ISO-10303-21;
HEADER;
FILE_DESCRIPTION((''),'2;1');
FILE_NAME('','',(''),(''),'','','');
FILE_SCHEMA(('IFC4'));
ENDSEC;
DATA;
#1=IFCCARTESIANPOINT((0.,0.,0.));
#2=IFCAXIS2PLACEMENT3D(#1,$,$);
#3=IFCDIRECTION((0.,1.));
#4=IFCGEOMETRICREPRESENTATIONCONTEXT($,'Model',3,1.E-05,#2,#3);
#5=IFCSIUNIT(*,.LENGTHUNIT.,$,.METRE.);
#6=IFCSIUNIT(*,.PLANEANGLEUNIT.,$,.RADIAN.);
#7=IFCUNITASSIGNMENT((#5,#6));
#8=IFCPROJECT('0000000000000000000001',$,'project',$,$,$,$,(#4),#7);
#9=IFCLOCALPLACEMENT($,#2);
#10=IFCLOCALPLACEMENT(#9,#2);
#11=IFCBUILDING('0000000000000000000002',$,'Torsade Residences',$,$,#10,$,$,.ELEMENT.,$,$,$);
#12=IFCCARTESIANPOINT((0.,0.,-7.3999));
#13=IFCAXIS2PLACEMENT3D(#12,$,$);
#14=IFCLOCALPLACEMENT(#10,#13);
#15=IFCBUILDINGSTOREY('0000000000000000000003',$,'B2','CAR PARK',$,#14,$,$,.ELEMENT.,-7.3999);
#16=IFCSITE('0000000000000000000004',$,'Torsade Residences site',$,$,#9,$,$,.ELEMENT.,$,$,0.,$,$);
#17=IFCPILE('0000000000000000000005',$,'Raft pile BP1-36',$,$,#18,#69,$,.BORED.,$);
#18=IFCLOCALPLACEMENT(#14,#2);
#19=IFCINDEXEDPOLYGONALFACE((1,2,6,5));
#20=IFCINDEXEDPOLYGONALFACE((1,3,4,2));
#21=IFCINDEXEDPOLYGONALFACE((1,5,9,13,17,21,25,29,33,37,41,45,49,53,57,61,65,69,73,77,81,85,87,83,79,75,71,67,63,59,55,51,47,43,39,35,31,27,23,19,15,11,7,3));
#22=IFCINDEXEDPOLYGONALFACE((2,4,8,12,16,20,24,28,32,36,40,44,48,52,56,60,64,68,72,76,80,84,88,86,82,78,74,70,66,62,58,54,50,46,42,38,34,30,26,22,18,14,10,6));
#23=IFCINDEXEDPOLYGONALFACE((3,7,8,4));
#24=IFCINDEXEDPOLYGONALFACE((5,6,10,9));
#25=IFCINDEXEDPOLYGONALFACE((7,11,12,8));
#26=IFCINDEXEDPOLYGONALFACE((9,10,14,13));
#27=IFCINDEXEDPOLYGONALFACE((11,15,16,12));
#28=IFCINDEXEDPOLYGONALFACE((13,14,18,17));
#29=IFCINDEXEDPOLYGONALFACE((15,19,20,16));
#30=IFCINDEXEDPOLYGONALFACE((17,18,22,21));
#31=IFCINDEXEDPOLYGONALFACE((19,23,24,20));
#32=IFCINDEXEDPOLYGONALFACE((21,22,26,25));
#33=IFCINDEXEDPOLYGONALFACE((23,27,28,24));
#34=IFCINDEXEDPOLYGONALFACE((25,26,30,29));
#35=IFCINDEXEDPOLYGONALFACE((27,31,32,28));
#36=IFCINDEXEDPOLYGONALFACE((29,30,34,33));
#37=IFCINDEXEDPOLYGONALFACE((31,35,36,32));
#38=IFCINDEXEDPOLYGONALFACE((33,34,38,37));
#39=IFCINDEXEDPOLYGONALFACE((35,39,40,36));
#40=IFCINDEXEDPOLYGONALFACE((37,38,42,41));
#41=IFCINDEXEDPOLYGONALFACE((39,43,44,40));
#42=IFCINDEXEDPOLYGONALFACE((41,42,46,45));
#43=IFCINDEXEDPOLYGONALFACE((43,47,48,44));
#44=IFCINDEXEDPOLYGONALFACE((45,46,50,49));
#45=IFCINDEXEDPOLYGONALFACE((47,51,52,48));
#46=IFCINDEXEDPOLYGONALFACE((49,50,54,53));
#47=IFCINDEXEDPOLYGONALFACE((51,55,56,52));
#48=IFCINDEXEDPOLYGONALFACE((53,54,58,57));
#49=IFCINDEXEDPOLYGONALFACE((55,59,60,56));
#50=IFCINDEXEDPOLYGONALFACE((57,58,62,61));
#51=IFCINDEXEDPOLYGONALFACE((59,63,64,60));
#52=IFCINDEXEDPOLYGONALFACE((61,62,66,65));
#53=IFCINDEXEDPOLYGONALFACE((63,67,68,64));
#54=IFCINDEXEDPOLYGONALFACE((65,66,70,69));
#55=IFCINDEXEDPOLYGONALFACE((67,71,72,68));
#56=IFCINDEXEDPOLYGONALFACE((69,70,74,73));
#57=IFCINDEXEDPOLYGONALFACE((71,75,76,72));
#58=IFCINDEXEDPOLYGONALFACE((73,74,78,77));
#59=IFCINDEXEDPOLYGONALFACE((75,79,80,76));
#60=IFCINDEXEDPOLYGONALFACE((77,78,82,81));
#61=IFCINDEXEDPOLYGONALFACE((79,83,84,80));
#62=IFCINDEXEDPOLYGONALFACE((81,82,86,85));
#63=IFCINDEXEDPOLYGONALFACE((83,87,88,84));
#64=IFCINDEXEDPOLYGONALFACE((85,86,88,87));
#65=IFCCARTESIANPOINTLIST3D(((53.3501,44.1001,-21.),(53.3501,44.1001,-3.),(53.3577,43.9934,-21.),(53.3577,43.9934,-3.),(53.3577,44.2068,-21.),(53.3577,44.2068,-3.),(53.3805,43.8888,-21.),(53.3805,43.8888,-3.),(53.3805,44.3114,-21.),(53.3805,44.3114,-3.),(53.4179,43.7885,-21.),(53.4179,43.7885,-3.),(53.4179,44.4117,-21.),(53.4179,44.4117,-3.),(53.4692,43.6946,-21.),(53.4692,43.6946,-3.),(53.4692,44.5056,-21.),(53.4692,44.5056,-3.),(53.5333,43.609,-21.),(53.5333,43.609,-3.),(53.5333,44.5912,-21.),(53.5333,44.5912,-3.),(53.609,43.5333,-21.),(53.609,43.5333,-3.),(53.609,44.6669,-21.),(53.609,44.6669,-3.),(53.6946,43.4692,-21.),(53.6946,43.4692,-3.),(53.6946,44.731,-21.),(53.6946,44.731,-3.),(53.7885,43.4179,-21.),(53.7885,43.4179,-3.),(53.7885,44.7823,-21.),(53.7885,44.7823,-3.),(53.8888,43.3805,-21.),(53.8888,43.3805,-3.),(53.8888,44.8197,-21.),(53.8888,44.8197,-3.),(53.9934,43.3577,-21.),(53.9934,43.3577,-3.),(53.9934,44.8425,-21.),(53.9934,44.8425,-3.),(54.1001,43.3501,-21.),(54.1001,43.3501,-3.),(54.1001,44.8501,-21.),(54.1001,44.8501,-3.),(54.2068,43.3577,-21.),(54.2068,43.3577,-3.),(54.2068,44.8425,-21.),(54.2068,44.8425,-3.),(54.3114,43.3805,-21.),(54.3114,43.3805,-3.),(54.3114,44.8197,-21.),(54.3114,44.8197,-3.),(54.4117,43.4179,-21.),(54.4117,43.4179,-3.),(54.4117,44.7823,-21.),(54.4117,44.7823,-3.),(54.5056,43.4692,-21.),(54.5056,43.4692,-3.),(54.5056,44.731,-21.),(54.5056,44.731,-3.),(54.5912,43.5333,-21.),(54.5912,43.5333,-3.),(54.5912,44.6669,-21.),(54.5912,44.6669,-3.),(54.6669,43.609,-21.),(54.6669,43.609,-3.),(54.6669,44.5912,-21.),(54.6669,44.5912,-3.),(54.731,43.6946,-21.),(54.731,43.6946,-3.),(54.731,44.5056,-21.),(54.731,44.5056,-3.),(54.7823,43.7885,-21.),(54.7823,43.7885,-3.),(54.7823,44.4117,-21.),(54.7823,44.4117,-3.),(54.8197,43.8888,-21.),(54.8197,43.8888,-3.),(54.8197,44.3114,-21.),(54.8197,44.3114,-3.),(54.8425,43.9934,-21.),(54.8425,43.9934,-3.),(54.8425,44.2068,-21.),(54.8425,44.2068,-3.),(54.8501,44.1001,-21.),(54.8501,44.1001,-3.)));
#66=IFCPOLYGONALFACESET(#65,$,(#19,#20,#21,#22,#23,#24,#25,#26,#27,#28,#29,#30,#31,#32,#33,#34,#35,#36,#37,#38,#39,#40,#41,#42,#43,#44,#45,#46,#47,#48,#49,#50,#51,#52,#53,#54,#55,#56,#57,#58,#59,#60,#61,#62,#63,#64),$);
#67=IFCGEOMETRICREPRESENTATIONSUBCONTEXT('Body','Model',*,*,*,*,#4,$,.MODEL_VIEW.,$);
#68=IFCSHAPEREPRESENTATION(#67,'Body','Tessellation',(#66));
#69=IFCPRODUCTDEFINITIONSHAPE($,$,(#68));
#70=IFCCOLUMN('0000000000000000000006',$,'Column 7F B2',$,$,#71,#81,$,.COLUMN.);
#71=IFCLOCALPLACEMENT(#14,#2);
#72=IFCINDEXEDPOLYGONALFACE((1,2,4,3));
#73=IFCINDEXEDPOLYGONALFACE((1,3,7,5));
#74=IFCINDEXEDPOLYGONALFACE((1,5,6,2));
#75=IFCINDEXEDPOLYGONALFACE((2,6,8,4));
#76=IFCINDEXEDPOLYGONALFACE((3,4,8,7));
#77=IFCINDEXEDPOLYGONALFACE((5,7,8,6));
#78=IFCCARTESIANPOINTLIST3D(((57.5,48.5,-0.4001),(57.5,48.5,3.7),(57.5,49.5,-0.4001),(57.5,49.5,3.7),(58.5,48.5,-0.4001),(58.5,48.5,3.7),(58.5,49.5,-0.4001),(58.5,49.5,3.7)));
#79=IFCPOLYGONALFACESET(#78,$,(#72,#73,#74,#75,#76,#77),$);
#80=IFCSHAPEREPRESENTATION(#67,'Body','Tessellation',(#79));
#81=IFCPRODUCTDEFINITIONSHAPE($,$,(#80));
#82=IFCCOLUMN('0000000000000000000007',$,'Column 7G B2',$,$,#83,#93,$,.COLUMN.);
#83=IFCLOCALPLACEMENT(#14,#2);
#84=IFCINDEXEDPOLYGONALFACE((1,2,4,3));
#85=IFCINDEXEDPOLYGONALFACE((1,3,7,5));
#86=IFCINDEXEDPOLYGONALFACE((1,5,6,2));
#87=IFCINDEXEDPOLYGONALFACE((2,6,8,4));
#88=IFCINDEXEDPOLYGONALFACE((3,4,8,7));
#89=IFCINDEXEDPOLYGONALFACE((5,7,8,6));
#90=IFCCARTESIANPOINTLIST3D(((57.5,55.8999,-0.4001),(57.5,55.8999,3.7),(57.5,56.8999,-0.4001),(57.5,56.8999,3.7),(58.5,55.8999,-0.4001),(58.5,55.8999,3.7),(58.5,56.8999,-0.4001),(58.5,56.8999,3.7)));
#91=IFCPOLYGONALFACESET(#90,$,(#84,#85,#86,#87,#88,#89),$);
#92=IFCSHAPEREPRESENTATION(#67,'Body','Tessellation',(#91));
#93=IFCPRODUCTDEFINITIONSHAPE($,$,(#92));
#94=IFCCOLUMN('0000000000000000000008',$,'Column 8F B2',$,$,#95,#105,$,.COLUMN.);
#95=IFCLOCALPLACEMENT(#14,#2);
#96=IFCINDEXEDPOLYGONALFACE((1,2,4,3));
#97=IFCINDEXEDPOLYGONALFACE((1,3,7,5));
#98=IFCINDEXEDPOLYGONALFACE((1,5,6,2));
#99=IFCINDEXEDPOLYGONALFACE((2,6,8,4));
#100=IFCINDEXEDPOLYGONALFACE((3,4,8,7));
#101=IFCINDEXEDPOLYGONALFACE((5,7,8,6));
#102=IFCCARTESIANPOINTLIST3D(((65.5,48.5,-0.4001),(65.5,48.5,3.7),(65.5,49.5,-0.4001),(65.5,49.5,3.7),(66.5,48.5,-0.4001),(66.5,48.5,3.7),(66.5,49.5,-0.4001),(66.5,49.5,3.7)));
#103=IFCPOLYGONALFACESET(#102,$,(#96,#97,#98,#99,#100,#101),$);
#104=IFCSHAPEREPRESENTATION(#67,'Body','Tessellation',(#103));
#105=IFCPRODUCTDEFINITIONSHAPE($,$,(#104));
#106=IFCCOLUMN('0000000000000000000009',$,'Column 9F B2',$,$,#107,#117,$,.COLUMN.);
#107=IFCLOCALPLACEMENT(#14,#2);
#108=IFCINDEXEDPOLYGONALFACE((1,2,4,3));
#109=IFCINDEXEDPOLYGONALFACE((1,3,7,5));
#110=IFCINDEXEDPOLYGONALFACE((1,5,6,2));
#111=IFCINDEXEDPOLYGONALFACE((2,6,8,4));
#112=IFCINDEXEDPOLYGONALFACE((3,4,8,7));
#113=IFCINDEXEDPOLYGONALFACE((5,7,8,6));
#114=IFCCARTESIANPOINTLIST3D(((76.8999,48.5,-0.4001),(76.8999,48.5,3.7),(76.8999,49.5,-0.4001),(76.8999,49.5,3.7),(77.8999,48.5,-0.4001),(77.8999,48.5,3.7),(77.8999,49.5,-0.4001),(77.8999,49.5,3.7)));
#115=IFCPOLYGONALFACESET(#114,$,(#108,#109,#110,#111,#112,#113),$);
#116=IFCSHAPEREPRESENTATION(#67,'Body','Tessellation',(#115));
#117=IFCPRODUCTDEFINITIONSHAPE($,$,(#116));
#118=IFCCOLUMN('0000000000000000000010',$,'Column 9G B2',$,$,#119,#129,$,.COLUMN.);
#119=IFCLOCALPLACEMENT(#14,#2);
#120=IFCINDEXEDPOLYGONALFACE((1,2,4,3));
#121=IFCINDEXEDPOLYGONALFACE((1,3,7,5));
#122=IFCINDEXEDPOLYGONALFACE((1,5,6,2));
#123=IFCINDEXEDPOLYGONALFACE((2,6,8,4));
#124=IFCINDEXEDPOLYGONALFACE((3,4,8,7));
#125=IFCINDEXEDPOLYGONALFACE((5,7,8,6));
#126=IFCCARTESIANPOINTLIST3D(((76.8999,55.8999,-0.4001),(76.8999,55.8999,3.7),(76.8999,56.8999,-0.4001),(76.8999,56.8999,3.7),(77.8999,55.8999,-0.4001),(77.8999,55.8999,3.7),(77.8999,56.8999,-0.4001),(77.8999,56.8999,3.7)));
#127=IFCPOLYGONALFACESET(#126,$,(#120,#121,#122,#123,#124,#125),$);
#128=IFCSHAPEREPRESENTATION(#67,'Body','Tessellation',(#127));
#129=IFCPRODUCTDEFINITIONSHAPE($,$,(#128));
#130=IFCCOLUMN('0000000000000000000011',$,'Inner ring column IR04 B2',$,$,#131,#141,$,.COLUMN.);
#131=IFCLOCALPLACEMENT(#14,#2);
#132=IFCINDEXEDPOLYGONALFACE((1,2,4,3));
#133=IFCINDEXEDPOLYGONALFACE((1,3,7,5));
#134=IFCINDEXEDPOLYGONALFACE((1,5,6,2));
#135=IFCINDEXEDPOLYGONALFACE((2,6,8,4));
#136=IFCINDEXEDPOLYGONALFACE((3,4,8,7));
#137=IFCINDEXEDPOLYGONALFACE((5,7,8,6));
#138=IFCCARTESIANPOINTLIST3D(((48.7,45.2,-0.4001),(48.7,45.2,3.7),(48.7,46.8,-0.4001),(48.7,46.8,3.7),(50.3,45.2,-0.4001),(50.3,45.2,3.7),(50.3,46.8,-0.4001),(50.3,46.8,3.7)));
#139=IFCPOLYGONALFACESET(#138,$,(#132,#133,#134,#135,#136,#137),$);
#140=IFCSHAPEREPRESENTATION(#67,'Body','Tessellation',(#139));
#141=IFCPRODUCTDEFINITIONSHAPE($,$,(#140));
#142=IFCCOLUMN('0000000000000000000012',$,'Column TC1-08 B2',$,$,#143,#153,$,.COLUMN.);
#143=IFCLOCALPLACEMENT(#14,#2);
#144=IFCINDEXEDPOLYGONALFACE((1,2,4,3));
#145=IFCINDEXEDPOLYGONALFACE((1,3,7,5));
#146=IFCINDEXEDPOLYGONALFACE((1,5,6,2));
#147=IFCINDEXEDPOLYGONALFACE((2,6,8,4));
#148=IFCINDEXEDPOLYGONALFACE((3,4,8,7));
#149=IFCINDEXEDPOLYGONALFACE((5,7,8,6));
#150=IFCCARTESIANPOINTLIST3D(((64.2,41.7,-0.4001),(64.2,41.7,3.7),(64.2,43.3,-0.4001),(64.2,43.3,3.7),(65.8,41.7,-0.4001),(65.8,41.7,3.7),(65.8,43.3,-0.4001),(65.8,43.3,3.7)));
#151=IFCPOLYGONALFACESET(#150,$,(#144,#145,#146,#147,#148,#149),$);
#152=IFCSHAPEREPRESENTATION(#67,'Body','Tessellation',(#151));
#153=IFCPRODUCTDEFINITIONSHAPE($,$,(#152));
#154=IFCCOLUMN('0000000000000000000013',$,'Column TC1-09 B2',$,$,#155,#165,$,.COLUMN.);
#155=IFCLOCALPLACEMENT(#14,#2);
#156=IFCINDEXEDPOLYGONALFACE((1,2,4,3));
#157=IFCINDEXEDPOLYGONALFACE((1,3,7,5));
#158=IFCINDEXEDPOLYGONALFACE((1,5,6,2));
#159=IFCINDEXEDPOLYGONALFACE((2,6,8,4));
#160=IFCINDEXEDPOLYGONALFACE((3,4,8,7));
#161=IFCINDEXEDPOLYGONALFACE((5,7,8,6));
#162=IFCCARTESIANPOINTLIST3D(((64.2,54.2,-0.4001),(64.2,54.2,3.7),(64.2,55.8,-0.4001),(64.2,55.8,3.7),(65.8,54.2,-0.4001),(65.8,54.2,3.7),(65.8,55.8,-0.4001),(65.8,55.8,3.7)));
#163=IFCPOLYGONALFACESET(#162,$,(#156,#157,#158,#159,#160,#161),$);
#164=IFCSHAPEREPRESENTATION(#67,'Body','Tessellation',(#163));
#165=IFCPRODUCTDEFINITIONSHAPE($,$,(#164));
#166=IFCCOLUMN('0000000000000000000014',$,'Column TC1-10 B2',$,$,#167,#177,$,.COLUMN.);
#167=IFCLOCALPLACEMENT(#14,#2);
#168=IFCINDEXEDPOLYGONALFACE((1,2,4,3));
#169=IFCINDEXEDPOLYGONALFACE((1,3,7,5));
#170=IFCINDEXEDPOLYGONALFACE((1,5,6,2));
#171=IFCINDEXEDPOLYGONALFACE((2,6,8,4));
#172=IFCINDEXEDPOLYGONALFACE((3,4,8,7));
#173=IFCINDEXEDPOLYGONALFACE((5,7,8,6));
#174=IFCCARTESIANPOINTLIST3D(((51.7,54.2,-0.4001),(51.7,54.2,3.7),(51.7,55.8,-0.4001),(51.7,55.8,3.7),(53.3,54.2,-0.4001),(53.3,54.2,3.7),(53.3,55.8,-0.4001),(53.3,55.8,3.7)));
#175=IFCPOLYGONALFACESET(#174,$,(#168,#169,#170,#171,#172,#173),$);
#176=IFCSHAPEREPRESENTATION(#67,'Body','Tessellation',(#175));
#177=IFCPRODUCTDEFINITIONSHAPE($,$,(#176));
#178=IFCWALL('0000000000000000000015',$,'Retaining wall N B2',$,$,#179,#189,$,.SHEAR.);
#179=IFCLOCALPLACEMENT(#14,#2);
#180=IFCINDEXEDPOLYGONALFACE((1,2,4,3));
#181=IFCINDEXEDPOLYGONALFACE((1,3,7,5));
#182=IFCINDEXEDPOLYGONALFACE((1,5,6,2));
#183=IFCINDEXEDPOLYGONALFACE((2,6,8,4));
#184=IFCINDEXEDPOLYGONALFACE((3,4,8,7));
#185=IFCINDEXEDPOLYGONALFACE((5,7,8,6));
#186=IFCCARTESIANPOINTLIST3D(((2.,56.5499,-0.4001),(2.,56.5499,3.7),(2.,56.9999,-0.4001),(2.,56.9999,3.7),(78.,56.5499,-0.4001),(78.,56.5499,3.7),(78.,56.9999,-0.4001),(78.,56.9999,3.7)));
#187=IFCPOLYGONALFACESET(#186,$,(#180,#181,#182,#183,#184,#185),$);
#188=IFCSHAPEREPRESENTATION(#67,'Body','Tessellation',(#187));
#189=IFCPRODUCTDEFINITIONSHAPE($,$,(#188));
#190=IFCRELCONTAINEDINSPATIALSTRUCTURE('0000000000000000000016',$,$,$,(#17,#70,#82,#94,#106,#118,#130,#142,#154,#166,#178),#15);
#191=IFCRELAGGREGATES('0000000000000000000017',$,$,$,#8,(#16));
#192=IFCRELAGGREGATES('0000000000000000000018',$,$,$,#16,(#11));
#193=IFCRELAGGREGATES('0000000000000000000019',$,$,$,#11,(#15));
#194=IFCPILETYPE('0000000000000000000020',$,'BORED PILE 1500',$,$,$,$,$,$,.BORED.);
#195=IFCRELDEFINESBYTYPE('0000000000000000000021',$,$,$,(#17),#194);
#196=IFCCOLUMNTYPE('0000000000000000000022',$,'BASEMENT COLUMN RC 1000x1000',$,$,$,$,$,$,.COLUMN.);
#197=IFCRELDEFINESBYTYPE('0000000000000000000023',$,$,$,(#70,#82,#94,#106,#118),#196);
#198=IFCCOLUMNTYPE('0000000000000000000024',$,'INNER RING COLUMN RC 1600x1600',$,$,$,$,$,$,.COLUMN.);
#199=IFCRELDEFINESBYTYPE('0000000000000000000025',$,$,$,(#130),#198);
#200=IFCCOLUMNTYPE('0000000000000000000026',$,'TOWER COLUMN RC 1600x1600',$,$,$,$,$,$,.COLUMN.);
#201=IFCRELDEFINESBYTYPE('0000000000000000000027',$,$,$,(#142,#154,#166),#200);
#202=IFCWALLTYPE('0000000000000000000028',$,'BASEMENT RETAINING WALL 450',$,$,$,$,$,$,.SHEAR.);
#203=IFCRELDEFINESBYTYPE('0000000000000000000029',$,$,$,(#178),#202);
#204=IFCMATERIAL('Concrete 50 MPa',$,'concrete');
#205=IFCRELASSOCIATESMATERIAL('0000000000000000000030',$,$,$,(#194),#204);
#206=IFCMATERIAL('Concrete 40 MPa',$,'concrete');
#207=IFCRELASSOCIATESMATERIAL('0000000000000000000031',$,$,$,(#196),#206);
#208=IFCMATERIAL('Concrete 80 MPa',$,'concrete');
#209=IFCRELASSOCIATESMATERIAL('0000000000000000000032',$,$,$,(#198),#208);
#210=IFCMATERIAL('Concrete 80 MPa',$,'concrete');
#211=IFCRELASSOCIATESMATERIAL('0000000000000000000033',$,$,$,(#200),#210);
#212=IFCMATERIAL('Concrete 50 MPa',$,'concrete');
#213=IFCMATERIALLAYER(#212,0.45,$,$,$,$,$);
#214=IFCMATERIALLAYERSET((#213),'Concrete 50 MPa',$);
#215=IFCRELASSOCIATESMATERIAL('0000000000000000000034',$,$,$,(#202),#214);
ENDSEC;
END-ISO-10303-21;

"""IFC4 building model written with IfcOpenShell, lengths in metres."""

from ifc_helpers import new_model, si_unit, direction, frame, frame_2d, origin, origin_2d, place, context, subcontext, project, spatial, rectangle, circle, extrude, material, layer, layer_set, material_profile, profile_set, type_object, element, save


model = new_model("IFC4")

# Units and contexts
model_context = context("Model", 3, precision=1e-05, world=origin(), true_north=direction((0.0, 1.0)))
body_context = subcontext(model_context, "Body", "Model", "MODEL_VIEW")
ifc_project = project(units=[si_unit("LENGTHUNIT", "METRE"), si_unit("PLANEANGLEUNIT", "RADIAN")], contexts=[model_context])

# Site, building, storey
site_placement = place(None, origin())
site = spatial("IfcSite", under=ifc_project, at=site_placement, Name="Torsade Residences site", CompositionType="ELEMENT", RefElevation=0.0)
building_placement = place(site_placement, origin())
building = spatial("IfcBuilding", under=site, at=building_placement, Name="Torsade Residences", CompositionType="ELEMENT")
storey_placement = place(building_placement, frame((0.0, 0.0, -7.3999)))
storey = spatial("IfcBuildingStorey", under=building, at=storey_placement, Name="B2", Description="CAR PARK", CompositionType="ELEMENT", Elevation=-7.3999)

# Pile
ifc_material_1 = material(Name="Concrete 50 MPa", Category="concrete")
pile_type_1 = type_object("IfcPileType", Name="BORED PILE 1500", PredefinedType="BORED", material=ifc_material_1)
for number, where, z_axis, x_axis, name in (
    (1, (54.1001, 44.1001, -3.0), (0.0, 0.0, -1.0), (1.0, 0.0, 0.0), "Raft pile BP1-36"),
):
    element("IfcPile", number, at=place(storey_placement, frame(where, z_axis=z_axis, x_axis=x_axis)), inside=storey, type_object=pile_type_1, Name=name, PredefinedType="BORED", context=body_context, shape_type="SweptSolid", body=[
        extrude(circle(Radius=0.75, at=origin_2d()), origin(), (0.0, 0.0, 1.0), 18.0),
    ])

# Columns
ifc_material_2 = material(Name="Concrete 40 MPa", Category="concrete")
ifc_material_profile_1 = material_profile(ifc_material_2, rectangle(XDim=1.0, YDim=1.0, at=origin_2d()), Name="RC 1000x1000")
ifc_profile_set_1 = profile_set([ifc_material_profile_1], Name="Concrete 40 MPa")
column_type_1 = type_object("IfcColumnType", Name="BASEMENT COLUMN RC 1000x1000", PredefinedType="COLUMN", material=ifc_profile_set_1)
for number, where, z_axis, x_axis, name in (
    (2, (58.0, 49.0, -0.4001), (0.0, 0.0, 1.0), (1.0, 0.0, 0.0), "Column 7F B2"),
    (3, (58.0, 56.3999, -0.4001), (0.0, 0.0, 1.0), (1.0, 0.0, 0.0), "Column 7G B2"),
    (4, (66.0, 49.0, -0.4001), (0.0, 0.0, 1.0), (1.0, 0.0, 0.0), "Column 8F B2"),
    (5, (77.3999, 49.0, -0.4001), (0.0, 0.0, 1.0), (1.0, 0.0, 0.0), "Column 9F B2"),
    (6, (77.3999, 56.3999, -0.4001), (0.0, 0.0, 1.0), (1.0, 0.0, 0.0), "Column 9G B2"),
):
    element("IfcColumn", number, at=place(storey_placement, frame(where, z_axis=z_axis, x_axis=x_axis)), inside=storey, type_object=column_type_1, Name=name, PredefinedType="COLUMN", context=body_context, shape_type="SweptSolid", body=[
        extrude(rectangle(XDim=1.0, YDim=1.0, at=origin_2d()), origin(), (0.0, 0.0, 1.0), 4.1001),
    ])
ifc_material_3 = material(Name="Concrete 80 MPa", Category="concrete")
ifc_material_profile_2 = material_profile(ifc_material_3, rectangle(XDim=1.6001, YDim=1.6001, at=origin_2d()), Name="RC 1600x1600")
ifc_profile_set_2 = profile_set([ifc_material_profile_2], Name="Concrete 80 MPa")
column_type_2 = type_object("IfcColumnType", Name="INNER RING COLUMN RC 1600x1600", PredefinedType="COLUMN", material=ifc_profile_set_2)
column_placement = place(storey_placement, frame((49.5, 46.0, -0.4001), z_axis=(0.0, 0.0, 1.0), x_axis=(1.0, 0.0, 0.0)))
element("IfcColumn", 7, at=column_placement, inside=storey, type_object=column_type_2, Name="Inner ring column IR04 B2", PredefinedType="COLUMN", context=body_context, shape_type="SweptSolid", body=[
    extrude(rectangle(XDim=1.6001, YDim=1.6001, at=origin_2d()), origin(), (0.0, 0.0, 1.0), 4.1001),
])
ifc_material_4 = material(Name="Concrete 80 MPa", Category="concrete")
ifc_material_profile_3 = material_profile(ifc_material_4, rectangle(XDim=1.6001, YDim=1.6001, at=origin_2d()), Name="RC 1600x1600")
ifc_profile_set_3 = profile_set([ifc_material_profile_3], Name="Concrete 80 MPa")
column_type_3 = type_object("IfcColumnType", Name="TOWER COLUMN RC 1600x1600", PredefinedType="COLUMN", material=ifc_profile_set_3)
for number, where, z_axis, x_axis, name in (
    (8, (65.0, 42.5, -0.4001), (0.0, 0.0, 1.0), (1.0, 0.0, 0.0), "Column TC1-08 B2"),
    (9, (65.0, 55.0, -0.4001), (0.0, 0.0, 1.0), (1.0, 0.0, 0.0), "Column TC1-09 B2"),
    (10, (52.5, 55.0, -0.4001), (0.0, 0.0, 1.0), (1.0, 0.0, 0.0), "Column TC1-10 B2"),
):
    element("IfcColumn", number, at=place(storey_placement, frame(where, z_axis=z_axis, x_axis=x_axis)), inside=storey, type_object=column_type_3, Name=name, PredefinedType="COLUMN", context=body_context, shape_type="SweptSolid", body=[
        extrude(rectangle(XDim=1.6001, YDim=1.6001, at=origin_2d()), origin(), (0.0, 0.0, 1.0), 4.1001),
    ])

# Wall
ifc_material_5 = material(Name="Concrete 50 MPa", Category="concrete")
ifc_layer_1 = layer(ifc_material_5, 0.45)
ifc_layer_set_1 = layer_set([ifc_layer_1], Name="Concrete 50 MPa")
wall_type_1 = type_object("IfcWallType", Name="BASEMENT RETAINING WALL 450", PredefinedType="SHEAR", material=ifc_layer_set_1)
wall_1_placement = place(storey_placement, frame((78.0, 56.7749, -0.4001), z_axis=(0.0, 0.0, 1.0), x_axis=(-1.0, 0.0, 0.0)))
element("IfcWall", 11, at=wall_1_placement, inside=storey, type_object=wall_type_1, Name="Retaining wall N B2", PredefinedType="SHEAR", context=body_context, shape_type="SweptSolid", body=[
    extrude(rectangle(XDim=76.0, YDim=0.45, at=frame_2d((38.0, 0.0))), origin(), (0.0, 0.0, 1.0), 4.1001),
])

save(model, "model.ifc")
